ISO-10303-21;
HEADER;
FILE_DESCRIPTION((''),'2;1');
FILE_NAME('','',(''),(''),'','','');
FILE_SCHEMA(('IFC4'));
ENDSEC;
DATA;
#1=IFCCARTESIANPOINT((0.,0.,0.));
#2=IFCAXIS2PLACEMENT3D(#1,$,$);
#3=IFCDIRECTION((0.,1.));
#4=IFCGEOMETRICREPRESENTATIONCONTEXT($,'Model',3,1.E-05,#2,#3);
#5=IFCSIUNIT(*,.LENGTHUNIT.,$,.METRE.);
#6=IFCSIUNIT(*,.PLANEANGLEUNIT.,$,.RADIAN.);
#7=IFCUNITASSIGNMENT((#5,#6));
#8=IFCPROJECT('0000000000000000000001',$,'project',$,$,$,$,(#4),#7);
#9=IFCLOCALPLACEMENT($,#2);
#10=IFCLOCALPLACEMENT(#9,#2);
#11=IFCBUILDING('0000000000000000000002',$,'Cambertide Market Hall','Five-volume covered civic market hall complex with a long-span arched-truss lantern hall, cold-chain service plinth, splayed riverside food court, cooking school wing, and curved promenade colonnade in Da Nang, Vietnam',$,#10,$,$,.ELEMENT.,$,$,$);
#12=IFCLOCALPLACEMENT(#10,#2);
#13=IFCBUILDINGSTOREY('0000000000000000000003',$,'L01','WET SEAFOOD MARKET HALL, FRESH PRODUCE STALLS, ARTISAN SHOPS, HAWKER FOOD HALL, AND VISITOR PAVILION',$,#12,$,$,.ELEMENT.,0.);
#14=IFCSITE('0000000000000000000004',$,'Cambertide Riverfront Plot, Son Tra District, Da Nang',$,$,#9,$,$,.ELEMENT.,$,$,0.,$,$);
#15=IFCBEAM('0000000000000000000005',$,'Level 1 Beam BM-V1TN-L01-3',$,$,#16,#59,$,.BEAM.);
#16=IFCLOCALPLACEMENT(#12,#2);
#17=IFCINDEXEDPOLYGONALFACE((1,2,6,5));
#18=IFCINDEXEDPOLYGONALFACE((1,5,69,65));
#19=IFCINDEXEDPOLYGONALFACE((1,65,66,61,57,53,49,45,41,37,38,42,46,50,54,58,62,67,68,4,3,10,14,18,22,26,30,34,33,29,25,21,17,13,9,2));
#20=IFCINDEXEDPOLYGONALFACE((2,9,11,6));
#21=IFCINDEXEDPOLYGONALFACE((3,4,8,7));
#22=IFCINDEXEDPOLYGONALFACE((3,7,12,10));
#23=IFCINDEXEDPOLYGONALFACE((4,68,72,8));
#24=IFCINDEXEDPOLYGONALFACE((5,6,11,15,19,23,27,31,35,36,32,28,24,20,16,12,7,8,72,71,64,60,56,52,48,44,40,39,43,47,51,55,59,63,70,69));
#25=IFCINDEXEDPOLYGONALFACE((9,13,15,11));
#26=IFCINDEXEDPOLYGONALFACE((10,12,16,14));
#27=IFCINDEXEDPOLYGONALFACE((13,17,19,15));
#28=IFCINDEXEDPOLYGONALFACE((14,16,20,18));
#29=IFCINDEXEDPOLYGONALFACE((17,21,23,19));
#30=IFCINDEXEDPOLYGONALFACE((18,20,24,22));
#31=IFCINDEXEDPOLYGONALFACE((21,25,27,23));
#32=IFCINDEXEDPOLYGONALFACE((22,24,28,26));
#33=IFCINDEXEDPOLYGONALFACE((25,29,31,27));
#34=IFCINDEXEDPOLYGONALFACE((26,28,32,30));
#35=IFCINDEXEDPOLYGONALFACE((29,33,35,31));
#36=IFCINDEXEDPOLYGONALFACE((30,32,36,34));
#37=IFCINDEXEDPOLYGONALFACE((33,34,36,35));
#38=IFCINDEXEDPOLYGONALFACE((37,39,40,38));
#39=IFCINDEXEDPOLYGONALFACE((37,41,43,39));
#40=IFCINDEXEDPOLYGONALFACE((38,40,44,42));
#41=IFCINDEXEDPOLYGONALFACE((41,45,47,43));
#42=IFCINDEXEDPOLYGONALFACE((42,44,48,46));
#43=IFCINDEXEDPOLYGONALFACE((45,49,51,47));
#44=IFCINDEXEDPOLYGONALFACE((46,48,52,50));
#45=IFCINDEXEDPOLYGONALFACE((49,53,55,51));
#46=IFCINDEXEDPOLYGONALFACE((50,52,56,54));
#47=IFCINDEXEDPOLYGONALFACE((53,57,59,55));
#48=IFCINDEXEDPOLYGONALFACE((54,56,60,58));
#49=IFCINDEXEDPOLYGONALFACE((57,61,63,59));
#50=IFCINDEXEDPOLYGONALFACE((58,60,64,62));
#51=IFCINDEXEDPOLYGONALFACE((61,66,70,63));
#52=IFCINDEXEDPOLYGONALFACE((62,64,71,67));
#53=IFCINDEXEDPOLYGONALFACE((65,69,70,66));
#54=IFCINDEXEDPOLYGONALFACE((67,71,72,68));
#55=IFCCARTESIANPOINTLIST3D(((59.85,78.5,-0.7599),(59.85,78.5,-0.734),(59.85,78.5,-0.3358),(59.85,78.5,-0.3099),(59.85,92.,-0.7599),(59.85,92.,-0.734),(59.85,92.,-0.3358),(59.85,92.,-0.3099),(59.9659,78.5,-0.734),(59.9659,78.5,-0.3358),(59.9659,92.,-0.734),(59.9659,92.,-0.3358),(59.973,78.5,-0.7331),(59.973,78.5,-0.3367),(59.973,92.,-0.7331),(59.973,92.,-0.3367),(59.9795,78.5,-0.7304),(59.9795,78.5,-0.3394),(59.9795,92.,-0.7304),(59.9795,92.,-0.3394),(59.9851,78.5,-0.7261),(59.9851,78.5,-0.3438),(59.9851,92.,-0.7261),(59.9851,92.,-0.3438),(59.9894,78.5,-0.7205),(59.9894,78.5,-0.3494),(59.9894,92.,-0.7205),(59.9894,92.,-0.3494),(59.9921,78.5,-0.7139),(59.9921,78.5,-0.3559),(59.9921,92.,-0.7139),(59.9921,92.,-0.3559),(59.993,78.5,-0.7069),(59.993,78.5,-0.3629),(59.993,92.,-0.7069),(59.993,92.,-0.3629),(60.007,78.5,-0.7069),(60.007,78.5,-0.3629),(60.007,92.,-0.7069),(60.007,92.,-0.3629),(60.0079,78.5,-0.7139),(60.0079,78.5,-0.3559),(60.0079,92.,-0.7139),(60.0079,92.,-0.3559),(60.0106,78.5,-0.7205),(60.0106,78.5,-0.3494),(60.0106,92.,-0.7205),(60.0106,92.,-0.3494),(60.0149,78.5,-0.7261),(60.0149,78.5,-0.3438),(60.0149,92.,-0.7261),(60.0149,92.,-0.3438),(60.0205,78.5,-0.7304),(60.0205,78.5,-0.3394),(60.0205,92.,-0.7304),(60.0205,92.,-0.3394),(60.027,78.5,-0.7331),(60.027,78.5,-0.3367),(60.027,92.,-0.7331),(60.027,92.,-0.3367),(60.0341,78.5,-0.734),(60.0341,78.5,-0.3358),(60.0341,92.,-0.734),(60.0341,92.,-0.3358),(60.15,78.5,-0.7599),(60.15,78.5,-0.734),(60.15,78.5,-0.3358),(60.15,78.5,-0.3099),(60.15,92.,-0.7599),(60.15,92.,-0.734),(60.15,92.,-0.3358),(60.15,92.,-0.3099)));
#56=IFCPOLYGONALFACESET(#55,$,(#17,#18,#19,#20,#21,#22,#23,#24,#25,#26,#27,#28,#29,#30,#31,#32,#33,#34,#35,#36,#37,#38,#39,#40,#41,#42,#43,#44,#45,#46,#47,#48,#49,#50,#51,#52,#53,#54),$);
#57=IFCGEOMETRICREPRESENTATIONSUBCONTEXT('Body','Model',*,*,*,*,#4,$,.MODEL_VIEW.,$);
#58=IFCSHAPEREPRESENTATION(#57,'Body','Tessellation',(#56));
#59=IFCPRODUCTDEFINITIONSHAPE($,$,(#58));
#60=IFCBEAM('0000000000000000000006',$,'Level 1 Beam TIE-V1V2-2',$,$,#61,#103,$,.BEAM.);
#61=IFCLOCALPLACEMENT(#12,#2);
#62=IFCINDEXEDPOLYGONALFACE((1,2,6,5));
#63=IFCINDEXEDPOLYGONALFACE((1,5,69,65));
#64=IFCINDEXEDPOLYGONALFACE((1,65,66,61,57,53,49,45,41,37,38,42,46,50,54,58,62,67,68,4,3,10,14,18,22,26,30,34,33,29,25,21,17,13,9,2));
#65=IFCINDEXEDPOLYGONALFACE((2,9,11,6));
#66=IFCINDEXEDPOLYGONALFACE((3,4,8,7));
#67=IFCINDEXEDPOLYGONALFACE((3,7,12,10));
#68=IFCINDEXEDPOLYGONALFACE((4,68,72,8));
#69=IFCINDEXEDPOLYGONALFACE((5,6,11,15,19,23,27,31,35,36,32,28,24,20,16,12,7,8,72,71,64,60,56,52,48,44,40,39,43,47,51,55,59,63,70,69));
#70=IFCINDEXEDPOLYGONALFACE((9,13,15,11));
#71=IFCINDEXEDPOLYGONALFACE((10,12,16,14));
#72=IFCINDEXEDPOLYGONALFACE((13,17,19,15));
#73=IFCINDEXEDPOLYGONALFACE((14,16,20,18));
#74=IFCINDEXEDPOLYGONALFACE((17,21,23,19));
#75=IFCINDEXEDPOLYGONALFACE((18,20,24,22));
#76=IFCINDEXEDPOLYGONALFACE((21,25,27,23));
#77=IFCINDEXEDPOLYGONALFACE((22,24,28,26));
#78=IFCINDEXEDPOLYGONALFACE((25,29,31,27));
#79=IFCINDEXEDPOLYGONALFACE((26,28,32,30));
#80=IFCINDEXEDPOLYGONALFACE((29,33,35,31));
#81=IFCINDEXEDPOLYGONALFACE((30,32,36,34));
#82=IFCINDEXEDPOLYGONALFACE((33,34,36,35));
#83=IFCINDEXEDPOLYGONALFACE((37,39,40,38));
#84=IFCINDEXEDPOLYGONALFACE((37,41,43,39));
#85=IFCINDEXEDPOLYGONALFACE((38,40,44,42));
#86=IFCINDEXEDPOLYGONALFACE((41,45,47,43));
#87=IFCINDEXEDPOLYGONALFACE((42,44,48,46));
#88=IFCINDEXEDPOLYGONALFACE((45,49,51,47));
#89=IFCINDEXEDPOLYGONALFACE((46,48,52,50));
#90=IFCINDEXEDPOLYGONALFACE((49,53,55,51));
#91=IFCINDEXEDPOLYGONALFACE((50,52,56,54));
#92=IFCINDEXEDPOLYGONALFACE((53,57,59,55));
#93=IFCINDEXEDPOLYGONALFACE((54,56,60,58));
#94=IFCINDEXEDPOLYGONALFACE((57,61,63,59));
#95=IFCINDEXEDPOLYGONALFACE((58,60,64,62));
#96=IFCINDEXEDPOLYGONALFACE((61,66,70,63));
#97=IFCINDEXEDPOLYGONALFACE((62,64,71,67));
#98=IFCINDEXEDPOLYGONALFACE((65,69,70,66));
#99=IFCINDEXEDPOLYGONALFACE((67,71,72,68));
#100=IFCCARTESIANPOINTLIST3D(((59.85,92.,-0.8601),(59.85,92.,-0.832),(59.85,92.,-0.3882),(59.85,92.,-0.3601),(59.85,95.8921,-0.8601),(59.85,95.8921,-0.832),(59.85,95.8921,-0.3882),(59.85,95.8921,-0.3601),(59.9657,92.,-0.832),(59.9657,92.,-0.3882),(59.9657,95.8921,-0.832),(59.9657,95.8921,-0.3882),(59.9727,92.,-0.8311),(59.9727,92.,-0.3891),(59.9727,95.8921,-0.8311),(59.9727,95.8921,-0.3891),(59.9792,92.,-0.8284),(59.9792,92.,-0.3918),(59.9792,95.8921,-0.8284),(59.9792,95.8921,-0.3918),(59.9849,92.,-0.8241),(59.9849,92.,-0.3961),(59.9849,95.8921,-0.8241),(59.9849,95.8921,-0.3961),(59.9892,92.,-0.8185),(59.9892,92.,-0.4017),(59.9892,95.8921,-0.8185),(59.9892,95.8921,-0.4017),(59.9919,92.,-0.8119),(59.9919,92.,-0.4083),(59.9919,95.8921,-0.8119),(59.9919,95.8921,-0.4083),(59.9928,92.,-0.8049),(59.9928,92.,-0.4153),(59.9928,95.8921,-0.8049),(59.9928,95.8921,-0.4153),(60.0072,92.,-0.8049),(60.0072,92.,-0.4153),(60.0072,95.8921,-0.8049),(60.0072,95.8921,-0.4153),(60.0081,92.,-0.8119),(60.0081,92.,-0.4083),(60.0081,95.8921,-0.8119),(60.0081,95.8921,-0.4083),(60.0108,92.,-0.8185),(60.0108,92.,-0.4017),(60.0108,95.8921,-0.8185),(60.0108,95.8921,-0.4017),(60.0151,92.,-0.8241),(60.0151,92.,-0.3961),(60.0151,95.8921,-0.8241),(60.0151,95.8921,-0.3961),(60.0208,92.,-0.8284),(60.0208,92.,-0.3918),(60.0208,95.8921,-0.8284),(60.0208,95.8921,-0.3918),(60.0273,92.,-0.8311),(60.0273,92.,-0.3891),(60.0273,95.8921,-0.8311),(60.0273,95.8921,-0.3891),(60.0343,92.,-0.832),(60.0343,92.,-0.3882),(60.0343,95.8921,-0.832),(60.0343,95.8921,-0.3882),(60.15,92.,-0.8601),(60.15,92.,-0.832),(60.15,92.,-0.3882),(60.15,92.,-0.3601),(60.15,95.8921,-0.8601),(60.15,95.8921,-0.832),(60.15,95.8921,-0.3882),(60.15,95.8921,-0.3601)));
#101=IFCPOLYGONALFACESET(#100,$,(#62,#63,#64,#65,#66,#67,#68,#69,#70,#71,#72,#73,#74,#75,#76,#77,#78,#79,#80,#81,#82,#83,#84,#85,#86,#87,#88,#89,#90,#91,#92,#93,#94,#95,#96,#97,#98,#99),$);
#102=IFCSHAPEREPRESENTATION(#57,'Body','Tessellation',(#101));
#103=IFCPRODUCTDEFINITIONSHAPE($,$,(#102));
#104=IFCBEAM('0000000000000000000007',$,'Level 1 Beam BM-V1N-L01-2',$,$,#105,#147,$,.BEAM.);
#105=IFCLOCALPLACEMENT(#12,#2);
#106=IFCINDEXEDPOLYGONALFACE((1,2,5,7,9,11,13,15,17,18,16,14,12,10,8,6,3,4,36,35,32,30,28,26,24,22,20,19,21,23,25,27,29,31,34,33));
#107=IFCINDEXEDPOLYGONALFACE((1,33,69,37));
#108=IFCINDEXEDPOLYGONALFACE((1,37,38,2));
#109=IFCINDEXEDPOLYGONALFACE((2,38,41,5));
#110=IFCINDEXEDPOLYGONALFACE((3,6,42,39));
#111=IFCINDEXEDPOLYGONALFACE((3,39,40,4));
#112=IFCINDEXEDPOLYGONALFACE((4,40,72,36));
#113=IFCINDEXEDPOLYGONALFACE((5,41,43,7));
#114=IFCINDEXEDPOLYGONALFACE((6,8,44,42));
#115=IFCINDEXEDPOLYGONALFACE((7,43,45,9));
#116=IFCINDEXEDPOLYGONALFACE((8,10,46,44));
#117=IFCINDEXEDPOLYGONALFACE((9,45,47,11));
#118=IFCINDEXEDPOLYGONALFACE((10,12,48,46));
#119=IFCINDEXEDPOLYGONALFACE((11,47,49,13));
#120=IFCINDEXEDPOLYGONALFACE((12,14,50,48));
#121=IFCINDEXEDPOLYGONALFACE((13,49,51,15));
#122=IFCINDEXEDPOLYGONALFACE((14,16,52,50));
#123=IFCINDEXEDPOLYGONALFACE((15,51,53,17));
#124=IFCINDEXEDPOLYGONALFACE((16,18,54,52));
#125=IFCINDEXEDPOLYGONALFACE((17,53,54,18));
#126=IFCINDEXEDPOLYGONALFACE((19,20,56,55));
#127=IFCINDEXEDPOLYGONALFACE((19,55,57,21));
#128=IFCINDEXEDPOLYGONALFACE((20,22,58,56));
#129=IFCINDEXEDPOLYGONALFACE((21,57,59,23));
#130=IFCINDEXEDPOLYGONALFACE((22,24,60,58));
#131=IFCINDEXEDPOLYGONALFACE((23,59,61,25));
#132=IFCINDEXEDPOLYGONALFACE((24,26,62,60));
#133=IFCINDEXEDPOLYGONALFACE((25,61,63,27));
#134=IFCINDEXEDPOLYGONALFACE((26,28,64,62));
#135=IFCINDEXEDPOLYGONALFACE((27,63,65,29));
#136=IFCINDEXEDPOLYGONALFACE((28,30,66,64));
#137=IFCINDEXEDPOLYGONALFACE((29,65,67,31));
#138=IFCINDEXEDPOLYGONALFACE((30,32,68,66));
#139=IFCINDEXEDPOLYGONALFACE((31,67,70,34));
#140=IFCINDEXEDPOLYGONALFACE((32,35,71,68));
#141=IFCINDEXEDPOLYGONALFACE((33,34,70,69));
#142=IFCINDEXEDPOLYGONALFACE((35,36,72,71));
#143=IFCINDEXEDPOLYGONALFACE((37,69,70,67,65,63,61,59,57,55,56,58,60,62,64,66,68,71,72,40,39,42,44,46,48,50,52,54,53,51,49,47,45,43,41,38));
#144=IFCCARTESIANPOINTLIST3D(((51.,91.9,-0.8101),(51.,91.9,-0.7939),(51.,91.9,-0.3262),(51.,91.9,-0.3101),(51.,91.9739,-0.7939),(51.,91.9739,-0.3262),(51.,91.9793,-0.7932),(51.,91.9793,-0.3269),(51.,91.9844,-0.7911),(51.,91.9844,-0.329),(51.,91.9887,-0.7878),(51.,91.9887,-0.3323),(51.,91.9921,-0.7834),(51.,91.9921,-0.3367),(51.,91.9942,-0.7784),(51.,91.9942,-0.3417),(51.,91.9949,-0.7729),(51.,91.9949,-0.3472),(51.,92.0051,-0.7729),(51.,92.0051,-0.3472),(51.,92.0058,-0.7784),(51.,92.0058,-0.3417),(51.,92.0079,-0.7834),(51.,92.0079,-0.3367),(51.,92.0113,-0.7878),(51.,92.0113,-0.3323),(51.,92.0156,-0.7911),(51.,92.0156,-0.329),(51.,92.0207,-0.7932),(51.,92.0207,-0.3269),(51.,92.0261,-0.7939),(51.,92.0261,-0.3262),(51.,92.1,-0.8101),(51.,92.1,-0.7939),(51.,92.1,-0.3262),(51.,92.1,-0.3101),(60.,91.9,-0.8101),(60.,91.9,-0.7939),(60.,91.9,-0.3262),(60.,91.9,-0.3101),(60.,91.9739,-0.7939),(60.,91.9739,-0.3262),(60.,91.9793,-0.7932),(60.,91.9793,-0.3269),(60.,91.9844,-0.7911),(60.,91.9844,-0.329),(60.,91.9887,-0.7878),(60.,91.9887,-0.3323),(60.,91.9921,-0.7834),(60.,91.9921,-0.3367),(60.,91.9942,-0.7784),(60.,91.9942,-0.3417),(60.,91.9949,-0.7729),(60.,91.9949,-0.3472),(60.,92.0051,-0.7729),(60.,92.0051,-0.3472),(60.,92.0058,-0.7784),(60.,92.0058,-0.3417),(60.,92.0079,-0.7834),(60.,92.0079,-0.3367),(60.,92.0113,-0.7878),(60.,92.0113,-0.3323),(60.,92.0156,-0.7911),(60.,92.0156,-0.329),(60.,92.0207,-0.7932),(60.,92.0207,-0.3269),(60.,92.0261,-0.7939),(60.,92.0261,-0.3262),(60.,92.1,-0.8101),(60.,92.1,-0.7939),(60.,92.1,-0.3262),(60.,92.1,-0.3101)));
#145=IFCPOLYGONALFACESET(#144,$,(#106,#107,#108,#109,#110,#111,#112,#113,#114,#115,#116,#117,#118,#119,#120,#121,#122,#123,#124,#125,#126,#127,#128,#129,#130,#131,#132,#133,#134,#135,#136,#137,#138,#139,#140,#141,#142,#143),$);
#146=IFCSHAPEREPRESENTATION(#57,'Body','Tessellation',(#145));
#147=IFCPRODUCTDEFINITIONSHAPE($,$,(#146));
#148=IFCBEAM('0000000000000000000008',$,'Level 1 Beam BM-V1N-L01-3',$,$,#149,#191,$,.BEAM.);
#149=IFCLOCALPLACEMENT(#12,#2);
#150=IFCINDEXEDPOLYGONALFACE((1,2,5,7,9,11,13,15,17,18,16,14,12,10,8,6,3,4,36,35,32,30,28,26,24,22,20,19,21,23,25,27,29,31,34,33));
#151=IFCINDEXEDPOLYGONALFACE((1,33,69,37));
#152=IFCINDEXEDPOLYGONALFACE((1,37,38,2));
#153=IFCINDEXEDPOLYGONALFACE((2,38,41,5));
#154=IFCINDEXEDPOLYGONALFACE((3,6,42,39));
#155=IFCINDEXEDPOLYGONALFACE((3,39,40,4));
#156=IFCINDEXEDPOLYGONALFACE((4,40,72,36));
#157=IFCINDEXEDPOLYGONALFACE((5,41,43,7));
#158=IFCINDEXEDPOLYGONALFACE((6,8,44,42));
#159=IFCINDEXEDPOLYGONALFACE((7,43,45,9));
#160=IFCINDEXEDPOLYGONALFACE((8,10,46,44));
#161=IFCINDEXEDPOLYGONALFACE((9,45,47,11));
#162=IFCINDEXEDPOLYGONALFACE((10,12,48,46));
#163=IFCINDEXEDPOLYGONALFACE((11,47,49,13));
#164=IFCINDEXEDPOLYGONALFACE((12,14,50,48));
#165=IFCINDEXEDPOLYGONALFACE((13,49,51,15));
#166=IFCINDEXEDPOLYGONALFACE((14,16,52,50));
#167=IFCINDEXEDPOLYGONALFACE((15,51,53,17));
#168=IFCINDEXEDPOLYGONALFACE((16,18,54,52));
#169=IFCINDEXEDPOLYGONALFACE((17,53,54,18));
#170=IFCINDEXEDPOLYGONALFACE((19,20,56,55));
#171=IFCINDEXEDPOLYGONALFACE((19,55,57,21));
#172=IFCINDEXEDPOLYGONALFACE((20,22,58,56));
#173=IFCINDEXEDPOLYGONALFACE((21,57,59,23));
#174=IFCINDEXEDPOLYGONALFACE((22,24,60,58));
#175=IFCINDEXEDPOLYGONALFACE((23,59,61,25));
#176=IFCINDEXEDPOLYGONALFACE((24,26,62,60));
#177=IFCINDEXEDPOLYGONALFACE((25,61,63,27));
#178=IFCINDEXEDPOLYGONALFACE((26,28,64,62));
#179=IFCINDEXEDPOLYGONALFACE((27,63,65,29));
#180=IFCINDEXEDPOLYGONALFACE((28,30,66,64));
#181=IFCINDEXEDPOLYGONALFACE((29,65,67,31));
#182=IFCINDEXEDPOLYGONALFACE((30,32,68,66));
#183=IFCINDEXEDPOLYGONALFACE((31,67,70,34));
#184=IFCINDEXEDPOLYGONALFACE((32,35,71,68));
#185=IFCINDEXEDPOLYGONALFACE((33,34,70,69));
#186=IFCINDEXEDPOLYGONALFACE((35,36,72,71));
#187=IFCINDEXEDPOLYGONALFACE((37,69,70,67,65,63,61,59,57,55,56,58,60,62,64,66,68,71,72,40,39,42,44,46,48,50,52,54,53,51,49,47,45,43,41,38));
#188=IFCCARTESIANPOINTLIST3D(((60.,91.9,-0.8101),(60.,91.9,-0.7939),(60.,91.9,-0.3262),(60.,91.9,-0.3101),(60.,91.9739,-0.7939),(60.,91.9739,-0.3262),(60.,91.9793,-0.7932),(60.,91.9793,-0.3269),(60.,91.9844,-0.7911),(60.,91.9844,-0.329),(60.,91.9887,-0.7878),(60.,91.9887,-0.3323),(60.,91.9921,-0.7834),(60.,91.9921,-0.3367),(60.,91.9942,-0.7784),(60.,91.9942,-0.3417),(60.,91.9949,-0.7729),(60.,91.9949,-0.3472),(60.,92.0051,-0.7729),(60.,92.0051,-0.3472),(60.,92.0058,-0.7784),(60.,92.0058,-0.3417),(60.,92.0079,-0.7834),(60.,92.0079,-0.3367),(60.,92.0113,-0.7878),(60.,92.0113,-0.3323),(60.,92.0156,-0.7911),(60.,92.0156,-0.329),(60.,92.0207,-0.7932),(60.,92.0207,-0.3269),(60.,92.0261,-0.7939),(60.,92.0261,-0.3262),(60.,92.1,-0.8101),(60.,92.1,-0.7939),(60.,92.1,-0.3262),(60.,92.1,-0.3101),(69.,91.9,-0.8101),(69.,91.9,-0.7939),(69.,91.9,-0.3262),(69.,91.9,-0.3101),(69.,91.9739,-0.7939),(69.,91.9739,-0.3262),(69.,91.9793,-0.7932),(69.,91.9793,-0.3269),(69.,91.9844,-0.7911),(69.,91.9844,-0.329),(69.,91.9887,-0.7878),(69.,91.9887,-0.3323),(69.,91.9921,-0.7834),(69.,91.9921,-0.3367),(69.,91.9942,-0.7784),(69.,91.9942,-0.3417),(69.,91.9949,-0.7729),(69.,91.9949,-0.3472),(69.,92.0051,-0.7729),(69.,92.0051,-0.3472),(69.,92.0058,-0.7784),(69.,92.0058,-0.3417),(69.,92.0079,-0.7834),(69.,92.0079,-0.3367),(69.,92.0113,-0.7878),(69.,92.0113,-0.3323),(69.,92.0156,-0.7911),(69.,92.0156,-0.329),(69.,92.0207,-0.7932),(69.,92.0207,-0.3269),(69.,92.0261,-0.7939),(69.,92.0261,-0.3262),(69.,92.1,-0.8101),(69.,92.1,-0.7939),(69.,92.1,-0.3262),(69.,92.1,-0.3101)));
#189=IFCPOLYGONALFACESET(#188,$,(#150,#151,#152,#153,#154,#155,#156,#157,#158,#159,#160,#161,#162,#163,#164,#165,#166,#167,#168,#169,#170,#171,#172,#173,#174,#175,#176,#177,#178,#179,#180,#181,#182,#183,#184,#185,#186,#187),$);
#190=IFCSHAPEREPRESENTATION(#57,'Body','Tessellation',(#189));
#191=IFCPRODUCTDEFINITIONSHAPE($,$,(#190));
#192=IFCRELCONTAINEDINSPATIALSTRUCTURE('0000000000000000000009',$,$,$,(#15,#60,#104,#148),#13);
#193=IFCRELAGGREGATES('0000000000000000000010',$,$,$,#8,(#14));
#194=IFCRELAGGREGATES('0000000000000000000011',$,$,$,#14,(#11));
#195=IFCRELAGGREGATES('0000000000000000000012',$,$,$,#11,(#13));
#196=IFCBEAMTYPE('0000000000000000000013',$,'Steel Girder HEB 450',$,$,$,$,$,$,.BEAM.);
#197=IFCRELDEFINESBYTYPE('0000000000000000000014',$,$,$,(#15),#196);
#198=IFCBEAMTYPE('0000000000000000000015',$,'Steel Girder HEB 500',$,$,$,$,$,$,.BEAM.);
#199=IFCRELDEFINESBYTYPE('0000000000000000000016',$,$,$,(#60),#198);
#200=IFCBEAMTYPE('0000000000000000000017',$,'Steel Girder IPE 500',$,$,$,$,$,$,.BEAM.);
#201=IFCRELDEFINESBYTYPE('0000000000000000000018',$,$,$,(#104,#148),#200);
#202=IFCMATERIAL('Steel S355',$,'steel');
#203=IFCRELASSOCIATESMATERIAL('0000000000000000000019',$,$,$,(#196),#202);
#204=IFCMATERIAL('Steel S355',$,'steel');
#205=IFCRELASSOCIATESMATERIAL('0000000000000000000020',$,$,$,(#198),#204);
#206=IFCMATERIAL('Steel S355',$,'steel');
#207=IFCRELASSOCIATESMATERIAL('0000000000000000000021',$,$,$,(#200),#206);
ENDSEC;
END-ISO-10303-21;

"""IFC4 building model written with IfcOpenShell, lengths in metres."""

from ifc_helpers import new_model, si_unit, direction, frame, origin, origin_2d, place, context, subcontext, project, spatial, i_section, extrude, material, material_profile, profile_set, type_object, element, save


model = new_model("IFC4")

# Units and contexts
model_context = context("Model", 3, precision=1e-05, world=origin(), true_north=direction((0.0, 1.0)))
body_context = subcontext(model_context, "Body", "Model", "MODEL_VIEW")
ifc_project = project(units=[si_unit("LENGTHUNIT", "METRE"), si_unit("PLANEANGLEUNIT", "RADIAN")], contexts=[model_context])

# Site, building, storey
site_placement = place(None, origin())
site = spatial("IfcSite", under=ifc_project, at=site_placement, Name="Cambertide Riverfront Plot, Son Tra District, Da Nang", CompositionType="ELEMENT", RefElevation=0.0)
building_placement = place(site_placement, origin())
building = spatial("IfcBuilding", under=site, at=building_placement, Name="Cambertide Market Hall", Description="Five-volume covered civic market hall complex with a long-span arched-truss lantern hall, cold-chain service plinth, splayed riverside food court, cooking school wing, and curved promenade colonnade in Da Nang, Vietnam", CompositionType="ELEMENT")
storey_placement = place(building_placement, origin())
storey = spatial("IfcBuildingStorey", under=building, at=storey_placement, Name="L01", Description="WET SEAFOOD MARKET HALL, FRESH PRODUCE STALLS, ARTISAN SHOPS, HAWKER FOOD HALL, AND VISITOR PAVILION", CompositionType="ELEMENT", Elevation=0.0)

# Beams
ifc_material_1 = material(Name="Steel S355", Category="steel")
ifc_material_profile_1 = material_profile(ifc_material_1, i_section(OverallWidth=0.3, OverallDepth=0.45, WebThickness=0.0139, FlangeThickness=0.0259, FilletRadius=0.0271, at=origin_2d()), Name="HEB 450")
ifc_profile_set_1 = profile_set([ifc_material_profile_1], Name="Steel S355")
beam_type_1 = type_object("IfcBeamType", Name="Steel Girder HEB 450", PredefinedType="BEAM", material=ifc_profile_set_1)
beam_1_placement = place(storey_placement, frame((60.0, 78.5, -0.5349), z_axis=(0.0, 1.0, 0.0), x_axis=(-1.0, 0.0, 0.0)))
element("IfcBeam", 1, at=beam_1_placement, inside=storey, type_object=beam_type_1, Name="Level 1 Beam BM-V1TN-L01-3", PredefinedType="BEAM", context=body_context, shape_type="SweptSolid", body=[
    extrude(i_section(OverallWidth=0.3, OverallDepth=0.45, WebThickness=0.0139, FlangeThickness=0.0259, FilletRadius=0.0271, at=origin_2d()), origin(), (0.0, 0.0, 1.0), 13.5),
])
ifc_material_2 = material(Name="Steel S355", Category="steel")
ifc_material_profile_2 = material_profile(ifc_material_2, i_section(OverallWidth=0.3, OverallDepth=0.5, WebThickness=0.0144, FlangeThickness=0.0281, FilletRadius=0.0271, at=origin_2d()), Name="HEB 500")
ifc_profile_set_2 = profile_set([ifc_material_profile_2], Name="Steel S355")
beam_type_2 = type_object("IfcBeamType", Name="Steel Girder HEB 500", PredefinedType="BEAM", material=ifc_profile_set_2)
beam_2_placement = place(storey_placement, frame((60.0, 92.0, -0.6101), z_axis=(0.0, 1.0, 0.0), x_axis=(-1.0, 0.0, 0.0)))
element("IfcBeam", 2, at=beam_2_placement, inside=storey, type_object=beam_type_2, Name="Level 1 Beam TIE-V1V2-2", PredefinedType="BEAM", context=body_context, shape_type="SweptSolid", body=[
    extrude(i_section(OverallWidth=0.3, OverallDepth=0.5, WebThickness=0.0144, FlangeThickness=0.0281, FilletRadius=0.0271, at=origin_2d()), origin(), (0.0, 0.0, 1.0), 3.8921),
])
ifc_material_3 = material(Name="Steel S355", Category="steel")
ifc_material_profile_3 = material_profile(ifc_material_3, i_section(OverallWidth=0.2, OverallDepth=0.5, WebThickness=0.0103, FlangeThickness=0.0161, FilletRadius=0.021, at=origin_2d()), Name="IPE 500")
ifc_profile_set_3 = profile_set([ifc_material_profile_3], Name="Steel S355")
beam_type_3 = type_object("IfcBeamType", Name="Steel Girder IPE 500", PredefinedType="BEAM", material=ifc_profile_set_3)
for number, where, z_axis, x_axis, name in (
    (3, (51.0, 92.0, -0.5601), (1.0, 0.0, 0.0), (0.0, 1.0, 0.0), "Level 1 Beam BM-V1N-L01-2"),
    (4, (60.0, 92.0, -0.5601), (1.0, 0.0, 0.0), (0.0, 1.0, 0.0), "Level 1 Beam BM-V1N-L01-3"),
):
    element("IfcBeam", number, at=place(storey_placement, frame(where, z_axis=z_axis, x_axis=x_axis)), inside=storey, type_object=beam_type_3, Name=name, PredefinedType="BEAM", context=body_context, shape_type="SweptSolid", body=[
        extrude(i_section(OverallWidth=0.2, OverallDepth=0.5, WebThickness=0.0103, FlangeThickness=0.0161, FilletRadius=0.021, at=origin_2d()), origin(), (0.0, 0.0, 1.0), 9.0),
    ])

save(model, "model.ifc")
